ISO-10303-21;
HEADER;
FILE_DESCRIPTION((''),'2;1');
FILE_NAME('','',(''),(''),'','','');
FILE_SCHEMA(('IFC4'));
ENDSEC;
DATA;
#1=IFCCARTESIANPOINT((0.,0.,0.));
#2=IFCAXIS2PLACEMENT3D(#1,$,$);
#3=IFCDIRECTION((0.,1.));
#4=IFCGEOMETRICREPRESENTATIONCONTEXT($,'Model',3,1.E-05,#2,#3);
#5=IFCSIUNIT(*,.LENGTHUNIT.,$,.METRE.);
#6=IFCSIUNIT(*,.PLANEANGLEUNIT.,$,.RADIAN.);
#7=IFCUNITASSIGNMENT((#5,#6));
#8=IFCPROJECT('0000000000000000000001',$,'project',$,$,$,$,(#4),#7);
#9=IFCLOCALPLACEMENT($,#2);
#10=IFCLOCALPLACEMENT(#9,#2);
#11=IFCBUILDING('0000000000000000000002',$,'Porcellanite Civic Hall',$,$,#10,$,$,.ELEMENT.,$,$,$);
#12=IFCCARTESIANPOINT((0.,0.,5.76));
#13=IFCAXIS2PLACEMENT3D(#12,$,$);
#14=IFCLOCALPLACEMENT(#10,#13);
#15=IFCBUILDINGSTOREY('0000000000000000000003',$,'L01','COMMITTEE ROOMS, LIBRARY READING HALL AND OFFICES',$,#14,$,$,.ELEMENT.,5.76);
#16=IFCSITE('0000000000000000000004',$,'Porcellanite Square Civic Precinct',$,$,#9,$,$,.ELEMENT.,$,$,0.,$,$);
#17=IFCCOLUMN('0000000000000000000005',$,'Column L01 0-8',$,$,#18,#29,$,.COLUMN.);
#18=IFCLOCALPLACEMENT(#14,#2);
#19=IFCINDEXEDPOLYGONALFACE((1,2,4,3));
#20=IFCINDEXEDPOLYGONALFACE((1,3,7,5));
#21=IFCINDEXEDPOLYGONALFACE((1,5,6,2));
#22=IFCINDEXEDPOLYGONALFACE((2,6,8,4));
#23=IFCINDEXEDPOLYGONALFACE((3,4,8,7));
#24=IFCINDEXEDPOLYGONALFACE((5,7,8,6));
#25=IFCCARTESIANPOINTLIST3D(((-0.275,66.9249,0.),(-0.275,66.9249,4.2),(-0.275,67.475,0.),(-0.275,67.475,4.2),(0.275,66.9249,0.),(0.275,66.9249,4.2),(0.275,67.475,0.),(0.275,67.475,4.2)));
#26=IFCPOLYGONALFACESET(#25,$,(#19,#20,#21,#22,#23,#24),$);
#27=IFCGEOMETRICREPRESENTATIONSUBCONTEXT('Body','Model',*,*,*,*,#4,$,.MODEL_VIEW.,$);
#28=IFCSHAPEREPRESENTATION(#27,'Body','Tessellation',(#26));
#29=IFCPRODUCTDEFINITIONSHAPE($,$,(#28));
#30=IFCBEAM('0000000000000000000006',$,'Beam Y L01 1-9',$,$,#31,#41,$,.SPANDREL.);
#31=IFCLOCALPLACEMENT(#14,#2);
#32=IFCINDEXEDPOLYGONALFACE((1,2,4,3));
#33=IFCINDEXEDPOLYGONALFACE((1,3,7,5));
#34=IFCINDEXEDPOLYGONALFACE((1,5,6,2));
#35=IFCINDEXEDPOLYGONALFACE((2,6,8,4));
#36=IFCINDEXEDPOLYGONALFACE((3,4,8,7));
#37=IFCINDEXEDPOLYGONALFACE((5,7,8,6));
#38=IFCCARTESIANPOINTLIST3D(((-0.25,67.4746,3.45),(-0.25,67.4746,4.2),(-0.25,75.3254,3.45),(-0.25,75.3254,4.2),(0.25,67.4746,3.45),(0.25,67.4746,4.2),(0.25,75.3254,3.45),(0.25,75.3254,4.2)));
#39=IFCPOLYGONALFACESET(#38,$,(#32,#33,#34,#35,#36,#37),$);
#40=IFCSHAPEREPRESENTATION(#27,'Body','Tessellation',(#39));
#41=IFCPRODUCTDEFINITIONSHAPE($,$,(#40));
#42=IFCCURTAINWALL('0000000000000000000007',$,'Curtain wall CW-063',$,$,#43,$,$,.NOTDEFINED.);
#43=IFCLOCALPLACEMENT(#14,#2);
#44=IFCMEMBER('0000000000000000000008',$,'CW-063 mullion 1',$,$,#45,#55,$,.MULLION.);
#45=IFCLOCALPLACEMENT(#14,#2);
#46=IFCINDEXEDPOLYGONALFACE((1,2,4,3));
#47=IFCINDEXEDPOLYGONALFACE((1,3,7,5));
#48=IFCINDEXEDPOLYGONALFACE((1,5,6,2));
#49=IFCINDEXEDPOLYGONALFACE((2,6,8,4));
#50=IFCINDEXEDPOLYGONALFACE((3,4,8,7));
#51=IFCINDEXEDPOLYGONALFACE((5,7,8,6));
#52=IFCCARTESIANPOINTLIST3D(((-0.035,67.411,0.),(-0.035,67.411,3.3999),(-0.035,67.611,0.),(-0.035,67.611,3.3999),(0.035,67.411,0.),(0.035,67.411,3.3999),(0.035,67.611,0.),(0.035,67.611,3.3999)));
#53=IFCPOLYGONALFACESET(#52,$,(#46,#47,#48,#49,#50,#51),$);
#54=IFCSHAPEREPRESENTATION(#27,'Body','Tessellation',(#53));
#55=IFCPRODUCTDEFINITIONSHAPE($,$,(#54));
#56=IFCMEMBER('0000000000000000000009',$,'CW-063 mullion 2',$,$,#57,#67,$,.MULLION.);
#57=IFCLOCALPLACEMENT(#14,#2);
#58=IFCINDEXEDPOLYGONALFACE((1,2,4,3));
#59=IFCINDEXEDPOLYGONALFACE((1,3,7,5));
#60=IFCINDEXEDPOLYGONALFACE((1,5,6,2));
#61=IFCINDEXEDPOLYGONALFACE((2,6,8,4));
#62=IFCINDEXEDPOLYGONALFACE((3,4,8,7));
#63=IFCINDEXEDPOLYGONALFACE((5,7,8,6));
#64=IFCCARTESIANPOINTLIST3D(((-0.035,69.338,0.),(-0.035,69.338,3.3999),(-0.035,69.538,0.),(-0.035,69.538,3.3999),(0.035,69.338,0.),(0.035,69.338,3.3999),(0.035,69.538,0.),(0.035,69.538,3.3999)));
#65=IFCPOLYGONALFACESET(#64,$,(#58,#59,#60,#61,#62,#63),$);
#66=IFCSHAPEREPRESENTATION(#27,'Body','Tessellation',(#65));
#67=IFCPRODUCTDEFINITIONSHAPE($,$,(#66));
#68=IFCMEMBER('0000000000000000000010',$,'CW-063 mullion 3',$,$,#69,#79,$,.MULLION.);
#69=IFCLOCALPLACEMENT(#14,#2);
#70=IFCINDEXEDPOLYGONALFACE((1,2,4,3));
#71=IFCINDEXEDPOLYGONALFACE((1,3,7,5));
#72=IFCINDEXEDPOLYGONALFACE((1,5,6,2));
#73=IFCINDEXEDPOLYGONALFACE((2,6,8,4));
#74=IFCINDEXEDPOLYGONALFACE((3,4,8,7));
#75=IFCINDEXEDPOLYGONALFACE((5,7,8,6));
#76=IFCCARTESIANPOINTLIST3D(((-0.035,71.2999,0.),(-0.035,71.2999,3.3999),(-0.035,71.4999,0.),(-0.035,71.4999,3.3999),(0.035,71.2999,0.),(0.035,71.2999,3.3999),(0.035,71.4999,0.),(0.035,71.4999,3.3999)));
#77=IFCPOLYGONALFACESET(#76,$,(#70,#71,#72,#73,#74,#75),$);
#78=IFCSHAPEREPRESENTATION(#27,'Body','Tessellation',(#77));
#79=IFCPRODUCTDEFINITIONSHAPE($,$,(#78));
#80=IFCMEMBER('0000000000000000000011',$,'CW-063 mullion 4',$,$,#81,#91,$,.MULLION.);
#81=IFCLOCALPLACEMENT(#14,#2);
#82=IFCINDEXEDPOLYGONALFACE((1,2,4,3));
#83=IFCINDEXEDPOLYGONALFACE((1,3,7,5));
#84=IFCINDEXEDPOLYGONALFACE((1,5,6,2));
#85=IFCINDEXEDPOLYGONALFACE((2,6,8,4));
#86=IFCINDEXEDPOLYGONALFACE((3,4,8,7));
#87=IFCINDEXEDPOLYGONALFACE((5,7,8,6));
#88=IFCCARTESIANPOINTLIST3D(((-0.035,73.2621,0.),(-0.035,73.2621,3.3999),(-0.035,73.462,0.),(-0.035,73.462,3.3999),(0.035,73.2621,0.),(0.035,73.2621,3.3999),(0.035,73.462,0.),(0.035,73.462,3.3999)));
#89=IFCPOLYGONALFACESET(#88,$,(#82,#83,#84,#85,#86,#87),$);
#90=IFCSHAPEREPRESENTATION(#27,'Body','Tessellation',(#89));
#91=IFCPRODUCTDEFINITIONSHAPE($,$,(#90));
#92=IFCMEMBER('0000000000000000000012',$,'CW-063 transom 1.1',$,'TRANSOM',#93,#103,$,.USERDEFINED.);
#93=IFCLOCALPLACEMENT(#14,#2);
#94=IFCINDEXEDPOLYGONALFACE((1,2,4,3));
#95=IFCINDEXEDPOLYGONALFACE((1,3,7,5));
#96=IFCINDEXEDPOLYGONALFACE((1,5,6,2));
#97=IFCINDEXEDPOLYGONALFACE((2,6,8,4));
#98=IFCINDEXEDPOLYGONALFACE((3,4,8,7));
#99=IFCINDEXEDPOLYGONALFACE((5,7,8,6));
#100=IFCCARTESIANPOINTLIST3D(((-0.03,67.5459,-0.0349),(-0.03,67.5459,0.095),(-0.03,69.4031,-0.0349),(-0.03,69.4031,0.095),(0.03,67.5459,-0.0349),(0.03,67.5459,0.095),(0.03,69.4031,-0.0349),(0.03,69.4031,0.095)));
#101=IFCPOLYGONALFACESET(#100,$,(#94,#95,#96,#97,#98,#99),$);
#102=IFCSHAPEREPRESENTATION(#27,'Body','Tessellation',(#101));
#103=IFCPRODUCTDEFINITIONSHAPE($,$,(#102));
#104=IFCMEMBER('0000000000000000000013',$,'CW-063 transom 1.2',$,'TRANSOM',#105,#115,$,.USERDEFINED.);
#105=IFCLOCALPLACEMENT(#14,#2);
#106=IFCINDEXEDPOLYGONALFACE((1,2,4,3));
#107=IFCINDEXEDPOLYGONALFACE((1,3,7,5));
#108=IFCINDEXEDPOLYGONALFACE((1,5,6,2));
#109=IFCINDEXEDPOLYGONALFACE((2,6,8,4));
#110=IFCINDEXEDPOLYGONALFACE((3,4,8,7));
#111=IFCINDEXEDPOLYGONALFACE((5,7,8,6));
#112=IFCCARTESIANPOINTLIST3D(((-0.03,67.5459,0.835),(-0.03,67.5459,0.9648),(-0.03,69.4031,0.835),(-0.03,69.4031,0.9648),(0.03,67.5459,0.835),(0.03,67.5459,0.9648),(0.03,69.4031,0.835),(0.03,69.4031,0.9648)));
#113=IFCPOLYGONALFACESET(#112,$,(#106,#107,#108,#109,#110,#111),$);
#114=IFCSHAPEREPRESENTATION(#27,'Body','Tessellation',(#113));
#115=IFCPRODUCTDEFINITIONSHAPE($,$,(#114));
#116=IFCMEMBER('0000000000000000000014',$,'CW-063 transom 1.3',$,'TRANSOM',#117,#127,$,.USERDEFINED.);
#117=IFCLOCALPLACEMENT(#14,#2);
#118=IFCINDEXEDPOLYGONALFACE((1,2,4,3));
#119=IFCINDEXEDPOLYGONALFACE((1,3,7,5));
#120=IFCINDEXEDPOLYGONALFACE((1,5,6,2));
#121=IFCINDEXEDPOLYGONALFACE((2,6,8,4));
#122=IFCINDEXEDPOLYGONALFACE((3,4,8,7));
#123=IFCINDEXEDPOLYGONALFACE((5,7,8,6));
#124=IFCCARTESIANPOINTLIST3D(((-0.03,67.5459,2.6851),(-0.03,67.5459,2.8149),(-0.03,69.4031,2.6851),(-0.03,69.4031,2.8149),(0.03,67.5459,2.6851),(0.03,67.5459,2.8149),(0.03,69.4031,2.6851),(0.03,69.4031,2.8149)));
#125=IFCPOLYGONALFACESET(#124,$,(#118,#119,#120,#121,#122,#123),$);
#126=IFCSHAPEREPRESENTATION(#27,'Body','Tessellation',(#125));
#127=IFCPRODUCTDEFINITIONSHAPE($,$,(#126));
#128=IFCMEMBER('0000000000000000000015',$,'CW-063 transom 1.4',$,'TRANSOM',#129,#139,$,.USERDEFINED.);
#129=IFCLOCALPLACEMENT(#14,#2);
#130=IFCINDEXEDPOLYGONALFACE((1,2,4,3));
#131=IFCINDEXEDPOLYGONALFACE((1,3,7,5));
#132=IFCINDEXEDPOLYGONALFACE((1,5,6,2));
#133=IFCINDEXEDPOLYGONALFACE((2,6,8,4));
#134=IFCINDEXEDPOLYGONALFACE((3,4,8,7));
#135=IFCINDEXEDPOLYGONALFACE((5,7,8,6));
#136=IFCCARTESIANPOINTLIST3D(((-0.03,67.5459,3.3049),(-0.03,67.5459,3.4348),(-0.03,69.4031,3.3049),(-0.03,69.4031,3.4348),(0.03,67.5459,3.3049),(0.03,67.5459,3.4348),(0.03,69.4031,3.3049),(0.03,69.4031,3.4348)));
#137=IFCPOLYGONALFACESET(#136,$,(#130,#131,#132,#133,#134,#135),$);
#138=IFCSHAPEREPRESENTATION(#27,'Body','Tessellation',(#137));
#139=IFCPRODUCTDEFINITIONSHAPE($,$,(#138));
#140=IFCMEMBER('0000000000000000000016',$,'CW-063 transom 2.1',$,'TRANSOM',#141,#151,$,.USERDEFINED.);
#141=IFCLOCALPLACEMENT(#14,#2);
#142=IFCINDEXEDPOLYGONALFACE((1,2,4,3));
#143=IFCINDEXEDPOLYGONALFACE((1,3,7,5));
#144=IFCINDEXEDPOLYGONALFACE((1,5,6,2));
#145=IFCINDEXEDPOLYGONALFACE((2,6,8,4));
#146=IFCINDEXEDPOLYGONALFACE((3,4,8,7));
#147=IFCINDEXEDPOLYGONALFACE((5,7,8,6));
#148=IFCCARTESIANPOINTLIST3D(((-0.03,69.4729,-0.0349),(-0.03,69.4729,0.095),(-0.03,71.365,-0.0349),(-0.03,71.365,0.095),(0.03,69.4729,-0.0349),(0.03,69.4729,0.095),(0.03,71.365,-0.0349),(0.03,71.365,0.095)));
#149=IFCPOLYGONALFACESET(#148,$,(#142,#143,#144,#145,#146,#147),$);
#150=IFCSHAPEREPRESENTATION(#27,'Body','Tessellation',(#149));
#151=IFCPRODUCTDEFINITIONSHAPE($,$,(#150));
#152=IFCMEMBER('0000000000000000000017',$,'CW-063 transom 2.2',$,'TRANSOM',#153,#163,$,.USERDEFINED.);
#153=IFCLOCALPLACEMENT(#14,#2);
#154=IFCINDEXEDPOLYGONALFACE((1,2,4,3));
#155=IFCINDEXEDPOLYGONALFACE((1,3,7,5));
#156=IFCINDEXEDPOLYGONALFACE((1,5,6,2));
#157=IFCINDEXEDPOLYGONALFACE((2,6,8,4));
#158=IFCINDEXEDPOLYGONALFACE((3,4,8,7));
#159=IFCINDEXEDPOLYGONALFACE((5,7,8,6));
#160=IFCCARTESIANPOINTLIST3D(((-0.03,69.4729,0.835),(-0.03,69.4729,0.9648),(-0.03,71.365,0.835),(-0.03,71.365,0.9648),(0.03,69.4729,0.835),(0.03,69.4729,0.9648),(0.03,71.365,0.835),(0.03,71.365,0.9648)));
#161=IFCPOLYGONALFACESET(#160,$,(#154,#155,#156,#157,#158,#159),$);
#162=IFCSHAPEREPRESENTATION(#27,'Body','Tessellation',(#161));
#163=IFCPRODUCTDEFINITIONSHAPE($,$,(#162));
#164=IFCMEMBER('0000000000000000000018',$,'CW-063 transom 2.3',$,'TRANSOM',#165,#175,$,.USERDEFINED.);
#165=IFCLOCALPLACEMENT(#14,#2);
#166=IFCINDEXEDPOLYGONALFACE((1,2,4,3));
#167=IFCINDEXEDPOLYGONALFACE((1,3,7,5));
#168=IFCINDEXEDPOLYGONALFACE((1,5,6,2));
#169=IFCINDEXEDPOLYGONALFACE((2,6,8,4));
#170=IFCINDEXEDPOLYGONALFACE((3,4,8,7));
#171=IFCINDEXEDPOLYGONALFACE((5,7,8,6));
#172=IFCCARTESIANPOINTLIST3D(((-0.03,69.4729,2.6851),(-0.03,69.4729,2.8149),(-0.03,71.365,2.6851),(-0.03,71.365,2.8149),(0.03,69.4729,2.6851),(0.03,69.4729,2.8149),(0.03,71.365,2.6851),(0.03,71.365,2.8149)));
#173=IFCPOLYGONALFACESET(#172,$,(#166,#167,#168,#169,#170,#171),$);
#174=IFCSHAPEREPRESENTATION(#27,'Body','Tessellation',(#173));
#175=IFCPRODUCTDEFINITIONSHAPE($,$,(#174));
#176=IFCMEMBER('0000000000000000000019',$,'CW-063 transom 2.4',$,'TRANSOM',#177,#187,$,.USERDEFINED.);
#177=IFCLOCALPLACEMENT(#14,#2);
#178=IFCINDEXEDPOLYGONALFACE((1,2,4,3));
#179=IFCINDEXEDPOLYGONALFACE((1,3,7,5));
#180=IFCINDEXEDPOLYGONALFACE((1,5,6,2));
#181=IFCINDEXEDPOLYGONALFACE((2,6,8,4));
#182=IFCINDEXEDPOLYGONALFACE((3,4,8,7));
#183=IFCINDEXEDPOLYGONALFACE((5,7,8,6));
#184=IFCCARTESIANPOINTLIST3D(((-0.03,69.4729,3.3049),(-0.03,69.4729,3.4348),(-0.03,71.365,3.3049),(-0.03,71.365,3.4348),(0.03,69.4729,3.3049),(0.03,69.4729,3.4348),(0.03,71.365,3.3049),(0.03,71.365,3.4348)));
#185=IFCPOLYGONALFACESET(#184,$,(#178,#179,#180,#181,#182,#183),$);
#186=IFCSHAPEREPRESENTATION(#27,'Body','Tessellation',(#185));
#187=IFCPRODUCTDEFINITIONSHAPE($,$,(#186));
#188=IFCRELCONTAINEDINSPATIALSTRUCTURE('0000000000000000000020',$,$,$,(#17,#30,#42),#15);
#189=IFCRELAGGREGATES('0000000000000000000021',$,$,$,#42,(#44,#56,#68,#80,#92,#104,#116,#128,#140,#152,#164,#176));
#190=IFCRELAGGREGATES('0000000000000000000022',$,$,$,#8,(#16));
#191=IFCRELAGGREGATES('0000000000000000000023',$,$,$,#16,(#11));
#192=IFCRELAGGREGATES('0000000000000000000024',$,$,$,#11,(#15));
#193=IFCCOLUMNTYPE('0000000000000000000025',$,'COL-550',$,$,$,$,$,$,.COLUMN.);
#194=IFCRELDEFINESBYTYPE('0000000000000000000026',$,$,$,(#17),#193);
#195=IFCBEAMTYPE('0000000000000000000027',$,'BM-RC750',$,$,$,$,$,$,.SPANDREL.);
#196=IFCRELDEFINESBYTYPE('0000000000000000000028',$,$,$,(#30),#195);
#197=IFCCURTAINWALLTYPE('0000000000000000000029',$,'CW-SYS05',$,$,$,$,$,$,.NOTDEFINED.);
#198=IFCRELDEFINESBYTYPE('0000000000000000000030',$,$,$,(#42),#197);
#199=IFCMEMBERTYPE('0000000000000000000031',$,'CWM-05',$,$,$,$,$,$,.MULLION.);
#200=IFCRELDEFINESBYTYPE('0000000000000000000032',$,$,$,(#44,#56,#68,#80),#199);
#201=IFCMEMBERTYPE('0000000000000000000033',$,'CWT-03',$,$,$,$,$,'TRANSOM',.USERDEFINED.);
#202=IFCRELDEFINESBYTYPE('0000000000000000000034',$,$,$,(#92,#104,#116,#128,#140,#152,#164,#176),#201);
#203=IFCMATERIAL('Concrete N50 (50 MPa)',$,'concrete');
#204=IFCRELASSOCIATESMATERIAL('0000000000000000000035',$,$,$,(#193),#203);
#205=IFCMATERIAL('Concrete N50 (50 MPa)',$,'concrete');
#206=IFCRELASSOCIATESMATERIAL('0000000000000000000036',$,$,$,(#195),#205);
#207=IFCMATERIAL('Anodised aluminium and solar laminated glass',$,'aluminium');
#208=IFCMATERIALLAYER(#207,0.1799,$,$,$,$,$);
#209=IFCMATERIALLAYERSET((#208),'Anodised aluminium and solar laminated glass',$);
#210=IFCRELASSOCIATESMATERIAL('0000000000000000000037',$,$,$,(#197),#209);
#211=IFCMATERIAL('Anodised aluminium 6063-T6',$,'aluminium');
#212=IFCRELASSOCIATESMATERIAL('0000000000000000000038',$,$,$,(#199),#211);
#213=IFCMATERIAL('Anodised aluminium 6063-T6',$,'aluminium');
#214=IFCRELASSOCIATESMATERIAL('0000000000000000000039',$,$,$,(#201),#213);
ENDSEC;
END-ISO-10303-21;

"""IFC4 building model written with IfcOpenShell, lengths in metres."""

from ifc_helpers import new_model, si_unit, direction, frame, origin, origin_2d, place, context, subcontext, project, spatial, rectangle, extrude, material, layer, layer_set, material_profile, profile_set, type_object, element, aggregate, save


model = new_model("IFC4")

# Units and contexts
model_context = context("Model", 3, precision=1e-05, world=origin(), true_north=direction((0.0, 1.0)))
body_context = subcontext(model_context, "Body", "Model", "MODEL_VIEW")
ifc_project = project(units=[si_unit("LENGTHUNIT", "METRE"), si_unit("PLANEANGLEUNIT", "RADIAN")], contexts=[model_context])

# Site, building, storey
site_placement = place(None, origin())
site = spatial("IfcSite", under=ifc_project, at=site_placement, Name="Porcellanite Square Civic Precinct", CompositionType="ELEMENT", RefElevation=0.0)
building_placement = place(site_placement, origin())
building = spatial("IfcBuilding", under=site, at=building_placement, Name="Porcellanite Civic Hall", CompositionType="ELEMENT")
storey_placement = place(building_placement, frame((0.0, 0.0, 5.76)))
storey = spatial("IfcBuildingStorey", under=building, at=storey_placement, Name="L01", Description="COMMITTEE ROOMS, LIBRARY READING HALL AND OFFICES", CompositionType="ELEMENT", Elevation=5.76)

# Column
ifc_material_1 = material(Name="Concrete N50 (50 MPa)", Category="concrete")
ifc_material_profile_1 = material_profile(ifc_material_1, rectangle(XDim=0.55, YDim=0.55, at=origin_2d()), Name="RC-550x550")
ifc_profile_set_1 = profile_set([ifc_material_profile_1], Name="Concrete N50 (50 MPa)")
column_type = type_object("IfcColumnType", Name="COL-550", PredefinedType="COLUMN", material=ifc_profile_set_1)
column_placement = place(storey_placement, frame((0.0, 67.2, 0.0), z_axis=(0.0, 0.0, 1.0), x_axis=(1.0, 0.0, 0.0)))
element("IfcColumn", 1, at=column_placement, inside=storey, type_object=column_type, Name="Column L01 0-8", PredefinedType="COLUMN", context=body_context, shape_type="SweptSolid", body=[
    extrude(rectangle(XDim=0.55, YDim=0.55, at=origin_2d()), origin(), (0.0, 0.0, 1.0), 4.2),
])

# Beam
ifc_material_2 = material(Name="Concrete N50 (50 MPa)", Category="concrete")
ifc_material_profile_2 = material_profile(ifc_material_2, rectangle(XDim=0.5, YDim=0.75, at=origin_2d()), Name="RC-500x750")
ifc_profile_set_2 = profile_set([ifc_material_profile_2], Name="Concrete N50 (50 MPa)")
beam_type = type_object("IfcBeamType", Name="BM-RC750", PredefinedType="SPANDREL", material=ifc_profile_set_2)
beam_placement = place(storey_placement, frame((0.0, 67.4746, 3.825), z_axis=(0.0, 1.0, 0.0), x_axis=(-1.0, 0.0, 0.0)))
element("IfcBeam", 2, at=beam_placement, inside=storey, type_object=beam_type, Name="Beam Y L01 1-9", PredefinedType="SPANDREL", context=body_context, shape_type="SweptSolid", body=[
    extrude(rectangle(XDim=0.5, YDim=0.75, at=origin_2d()), origin(), (0.0, 0.0, 1.0), 7.8508),
])

# Curtain wall, members
ifc_material_3 = material(Name="Anodised aluminium and solar laminated glass", Category="aluminium")
ifc_layer_1 = layer(ifc_material_3, 0.1799)
ifc_layer_set_1 = layer_set([ifc_layer_1], Name="Anodised aluminium and solar laminated glass")
curtain_wall_type = type_object("IfcCurtainWallType", Name="CW-SYS05", PredefinedType="NOTDEFINED", material=ifc_layer_set_1)
curtain_wall_placement = place(storey_placement, origin())
curtain_wall = element("IfcCurtainWall", 3, at=curtain_wall_placement, inside=storey, type_object=curtain_wall_type, Name="Curtain wall CW-063", PredefinedType="NOTDEFINED")
ifc_material_4 = material(Name="Anodised aluminium 6063-T6", Category="aluminium")
ifc_material_profile_3 = material_profile(ifc_material_4, rectangle(XDim=0.0701, YDim=0.2, at=origin_2d()), Name="AL-70x200")
ifc_profile_set_3 = profile_set([ifc_material_profile_3], Name="Anodised aluminium 6063-T6")
member_type_1 = type_object("IfcMemberType", Name="CWM-05", PredefinedType="MULLION", material=ifc_profile_set_3)
member_1_placement = place(storey_placement, frame((0.0, 67.511, 0.0), z_axis=(0.0, 0.0, 1.0), x_axis=(-1.0, 0.0, 0.0)))
member_1 = element("IfcMember", 4, at=member_1_placement, type_object=member_type_1, Name="CW-063 mullion 1", PredefinedType="MULLION", context=body_context, shape_type="SweptSolid", body=[
    extrude(rectangle(XDim=0.0701, YDim=0.2, at=origin_2d()), origin(), (0.0, 0.0, 1.0), 3.3999),
])
member_2_placement = place(storey_placement, frame((0.0, 69.438, 0.0), z_axis=(0.0, 0.0, 1.0), x_axis=(-1.0, 0.0, 0.0)))
member_2 = element("IfcMember", 5, at=member_2_placement, type_object=member_type_1, Name="CW-063 mullion 2", PredefinedType="MULLION", context=body_context, shape_type="SweptSolid", body=[
    extrude(rectangle(XDim=0.0701, YDim=0.2, at=origin_2d()), origin(), (0.0, 0.0, 1.0), 3.3999),
])
member_3_placement = place(storey_placement, frame((0.0, 71.3999, 0.0), z_axis=(0.0, 0.0, 1.0), x_axis=(-1.0, 0.0, 0.0)))
member_3 = element("IfcMember", 6, at=member_3_placement, type_object=member_type_1, Name="CW-063 mullion 3", PredefinedType="MULLION", context=body_context, shape_type="SweptSolid", body=[
    extrude(rectangle(XDim=0.0701, YDim=0.2, at=origin_2d()), origin(), (0.0, 0.0, 1.0), 3.3999),
])
member_4_placement = place(storey_placement, frame((0.0, 73.3621, 0.0), z_axis=(0.0, 0.0, 1.0), x_axis=(-1.0, 0.0, 0.0)))
member_4 = element("IfcMember", 7, at=member_4_placement, type_object=member_type_1, Name="CW-063 mullion 4", PredefinedType="MULLION", context=body_context, shape_type="SweptSolid", body=[
    extrude(rectangle(XDim=0.0701, YDim=0.2, at=origin_2d()), origin(), (0.0, 0.0, 1.0), 3.3999),
])
ifc_material_5 = material(Name="Anodised aluminium 6063-T6", Category="aluminium")
ifc_material_profile_4 = material_profile(ifc_material_5, rectangle(XDim=0.0601, YDim=0.1299, at=origin_2d()), Name="AL-60x130")
ifc_profile_set_4 = profile_set([ifc_material_profile_4], Name="Anodised aluminium 6063-T6")
member_type_2 = type_object("IfcMemberType", Name="CWT-03", ElementType="TRANSOM", PredefinedType="USERDEFINED", material=ifc_profile_set_4)
member_5_placement = place(storey_placement, frame((0.0, 67.5459, 0.03), z_axis=(0.0, 1.0, 0.0), x_axis=(-1.0, 0.0, 0.0)))
member_5 = element("IfcMember", 8, at=member_5_placement, type_object=member_type_2, Name="CW-063 transom 1.1", ObjectType="TRANSOM", PredefinedType="USERDEFINED", context=body_context, shape_type="SweptSolid", body=[
    extrude(rectangle(XDim=0.0601, YDim=0.1299, at=origin_2d()), origin(), (0.0, 0.0, 1.0), 1.8572),
])
member_6_placement = place(storey_placement, frame((0.0, 67.5459, 0.8999), z_axis=(0.0, 1.0, 0.0), x_axis=(-1.0, 0.0, 0.0)))
member_6 = element("IfcMember", 9, at=member_6_placement, type_object=member_type_2, Name="CW-063 transom 1.2", ObjectType="TRANSOM", PredefinedType="USERDEFINED", context=body_context, shape_type="SweptSolid", body=[
    extrude(rectangle(XDim=0.0601, YDim=0.1299, at=origin_2d()), origin(), (0.0, 0.0, 1.0), 1.8572),
])
member_7_placement = place(storey_placement, frame((0.0, 67.5459, 2.75), z_axis=(0.0, 1.0, 0.0), x_axis=(-1.0, 0.0, 0.0)))
member_7 = element("IfcMember", 10, at=member_7_placement, type_object=member_type_2, Name="CW-063 transom 1.3", ObjectType="TRANSOM", PredefinedType="USERDEFINED", context=body_context, shape_type="SweptSolid", body=[
    extrude(rectangle(XDim=0.0601, YDim=0.1299, at=origin_2d()), origin(), (0.0, 0.0, 1.0), 1.8572),
])
member_8_placement = place(storey_placement, frame((0.0, 67.5459, 3.3699), z_axis=(0.0, 1.0, 0.0), x_axis=(-1.0, 0.0, 0.0)))
member_8 = element("IfcMember", 11, at=member_8_placement, type_object=member_type_2, Name="CW-063 transom 1.4", ObjectType="TRANSOM", PredefinedType="USERDEFINED", context=body_context, shape_type="SweptSolid", body=[
    extrude(rectangle(XDim=0.0601, YDim=0.1299, at=origin_2d()), origin(), (0.0, 0.0, 1.0), 1.8572),
])
member_9_placement = place(storey_placement, frame((0.0, 69.4729, 0.03), z_axis=(0.0, 1.0, 0.0), x_axis=(-1.0, 0.0, 0.0)))
member_9 = element("IfcMember", 12, at=member_9_placement, type_object=member_type_2, Name="CW-063 transom 2.1", ObjectType="TRANSOM", PredefinedType="USERDEFINED", context=body_context, shape_type="SweptSolid", body=[
    extrude(rectangle(XDim=0.0601, YDim=0.1299, at=origin_2d()), origin(), (0.0, 0.0, 1.0), 1.8921),
])
member_10_placement = place(storey_placement, frame((0.0, 69.4729, 0.8999), z_axis=(0.0, 1.0, 0.0), x_axis=(-1.0, 0.0, 0.0)))
member_10 = element("IfcMember", 13, at=member_10_placement, type_object=member_type_2, Name="CW-063 transom 2.2", ObjectType="TRANSOM", PredefinedType="USERDEFINED", context=body_context, shape_type="SweptSolid", body=[
    extrude(rectangle(XDim=0.0601, YDim=0.1299, at=origin_2d()), origin(), (0.0, 0.0, 1.0), 1.8921),
])
member_11_placement = place(storey_placement, frame((0.0, 69.4729, 2.75), z_axis=(0.0, 1.0, 0.0), x_axis=(-1.0, 0.0, 0.0)))
member_11 = element("IfcMember", 14, at=member_11_placement, type_object=member_type_2, Name="CW-063 transom 2.3", ObjectType="TRANSOM", PredefinedType="USERDEFINED", context=body_context, shape_type="SweptSolid", body=[
    extrude(rectangle(XDim=0.0601, YDim=0.1299, at=origin_2d()), origin(), (0.0, 0.0, 1.0), 1.8921),
])
member_12_placement = place(storey_placement, frame((0.0, 69.4729, 3.3699), z_axis=(0.0, 1.0, 0.0), x_axis=(-1.0, 0.0, 0.0)))
member_12 = element("IfcMember", 15, at=member_12_placement, type_object=member_type_2, Name="CW-063 transom 2.4", ObjectType="TRANSOM", PredefinedType="USERDEFINED", context=body_context, shape_type="SweptSolid", body=[
    extrude(rectangle(XDim=0.0601, YDim=0.1299, at=origin_2d()), origin(), (0.0, 0.0, 1.0), 1.8921),
])

aggregate(curtain_wall, [member_1, member_2, member_3, member_4, member_5, member_6, member_7, member_8, member_9, member_10, member_11, member_12])

save(model, "model.ifc")
